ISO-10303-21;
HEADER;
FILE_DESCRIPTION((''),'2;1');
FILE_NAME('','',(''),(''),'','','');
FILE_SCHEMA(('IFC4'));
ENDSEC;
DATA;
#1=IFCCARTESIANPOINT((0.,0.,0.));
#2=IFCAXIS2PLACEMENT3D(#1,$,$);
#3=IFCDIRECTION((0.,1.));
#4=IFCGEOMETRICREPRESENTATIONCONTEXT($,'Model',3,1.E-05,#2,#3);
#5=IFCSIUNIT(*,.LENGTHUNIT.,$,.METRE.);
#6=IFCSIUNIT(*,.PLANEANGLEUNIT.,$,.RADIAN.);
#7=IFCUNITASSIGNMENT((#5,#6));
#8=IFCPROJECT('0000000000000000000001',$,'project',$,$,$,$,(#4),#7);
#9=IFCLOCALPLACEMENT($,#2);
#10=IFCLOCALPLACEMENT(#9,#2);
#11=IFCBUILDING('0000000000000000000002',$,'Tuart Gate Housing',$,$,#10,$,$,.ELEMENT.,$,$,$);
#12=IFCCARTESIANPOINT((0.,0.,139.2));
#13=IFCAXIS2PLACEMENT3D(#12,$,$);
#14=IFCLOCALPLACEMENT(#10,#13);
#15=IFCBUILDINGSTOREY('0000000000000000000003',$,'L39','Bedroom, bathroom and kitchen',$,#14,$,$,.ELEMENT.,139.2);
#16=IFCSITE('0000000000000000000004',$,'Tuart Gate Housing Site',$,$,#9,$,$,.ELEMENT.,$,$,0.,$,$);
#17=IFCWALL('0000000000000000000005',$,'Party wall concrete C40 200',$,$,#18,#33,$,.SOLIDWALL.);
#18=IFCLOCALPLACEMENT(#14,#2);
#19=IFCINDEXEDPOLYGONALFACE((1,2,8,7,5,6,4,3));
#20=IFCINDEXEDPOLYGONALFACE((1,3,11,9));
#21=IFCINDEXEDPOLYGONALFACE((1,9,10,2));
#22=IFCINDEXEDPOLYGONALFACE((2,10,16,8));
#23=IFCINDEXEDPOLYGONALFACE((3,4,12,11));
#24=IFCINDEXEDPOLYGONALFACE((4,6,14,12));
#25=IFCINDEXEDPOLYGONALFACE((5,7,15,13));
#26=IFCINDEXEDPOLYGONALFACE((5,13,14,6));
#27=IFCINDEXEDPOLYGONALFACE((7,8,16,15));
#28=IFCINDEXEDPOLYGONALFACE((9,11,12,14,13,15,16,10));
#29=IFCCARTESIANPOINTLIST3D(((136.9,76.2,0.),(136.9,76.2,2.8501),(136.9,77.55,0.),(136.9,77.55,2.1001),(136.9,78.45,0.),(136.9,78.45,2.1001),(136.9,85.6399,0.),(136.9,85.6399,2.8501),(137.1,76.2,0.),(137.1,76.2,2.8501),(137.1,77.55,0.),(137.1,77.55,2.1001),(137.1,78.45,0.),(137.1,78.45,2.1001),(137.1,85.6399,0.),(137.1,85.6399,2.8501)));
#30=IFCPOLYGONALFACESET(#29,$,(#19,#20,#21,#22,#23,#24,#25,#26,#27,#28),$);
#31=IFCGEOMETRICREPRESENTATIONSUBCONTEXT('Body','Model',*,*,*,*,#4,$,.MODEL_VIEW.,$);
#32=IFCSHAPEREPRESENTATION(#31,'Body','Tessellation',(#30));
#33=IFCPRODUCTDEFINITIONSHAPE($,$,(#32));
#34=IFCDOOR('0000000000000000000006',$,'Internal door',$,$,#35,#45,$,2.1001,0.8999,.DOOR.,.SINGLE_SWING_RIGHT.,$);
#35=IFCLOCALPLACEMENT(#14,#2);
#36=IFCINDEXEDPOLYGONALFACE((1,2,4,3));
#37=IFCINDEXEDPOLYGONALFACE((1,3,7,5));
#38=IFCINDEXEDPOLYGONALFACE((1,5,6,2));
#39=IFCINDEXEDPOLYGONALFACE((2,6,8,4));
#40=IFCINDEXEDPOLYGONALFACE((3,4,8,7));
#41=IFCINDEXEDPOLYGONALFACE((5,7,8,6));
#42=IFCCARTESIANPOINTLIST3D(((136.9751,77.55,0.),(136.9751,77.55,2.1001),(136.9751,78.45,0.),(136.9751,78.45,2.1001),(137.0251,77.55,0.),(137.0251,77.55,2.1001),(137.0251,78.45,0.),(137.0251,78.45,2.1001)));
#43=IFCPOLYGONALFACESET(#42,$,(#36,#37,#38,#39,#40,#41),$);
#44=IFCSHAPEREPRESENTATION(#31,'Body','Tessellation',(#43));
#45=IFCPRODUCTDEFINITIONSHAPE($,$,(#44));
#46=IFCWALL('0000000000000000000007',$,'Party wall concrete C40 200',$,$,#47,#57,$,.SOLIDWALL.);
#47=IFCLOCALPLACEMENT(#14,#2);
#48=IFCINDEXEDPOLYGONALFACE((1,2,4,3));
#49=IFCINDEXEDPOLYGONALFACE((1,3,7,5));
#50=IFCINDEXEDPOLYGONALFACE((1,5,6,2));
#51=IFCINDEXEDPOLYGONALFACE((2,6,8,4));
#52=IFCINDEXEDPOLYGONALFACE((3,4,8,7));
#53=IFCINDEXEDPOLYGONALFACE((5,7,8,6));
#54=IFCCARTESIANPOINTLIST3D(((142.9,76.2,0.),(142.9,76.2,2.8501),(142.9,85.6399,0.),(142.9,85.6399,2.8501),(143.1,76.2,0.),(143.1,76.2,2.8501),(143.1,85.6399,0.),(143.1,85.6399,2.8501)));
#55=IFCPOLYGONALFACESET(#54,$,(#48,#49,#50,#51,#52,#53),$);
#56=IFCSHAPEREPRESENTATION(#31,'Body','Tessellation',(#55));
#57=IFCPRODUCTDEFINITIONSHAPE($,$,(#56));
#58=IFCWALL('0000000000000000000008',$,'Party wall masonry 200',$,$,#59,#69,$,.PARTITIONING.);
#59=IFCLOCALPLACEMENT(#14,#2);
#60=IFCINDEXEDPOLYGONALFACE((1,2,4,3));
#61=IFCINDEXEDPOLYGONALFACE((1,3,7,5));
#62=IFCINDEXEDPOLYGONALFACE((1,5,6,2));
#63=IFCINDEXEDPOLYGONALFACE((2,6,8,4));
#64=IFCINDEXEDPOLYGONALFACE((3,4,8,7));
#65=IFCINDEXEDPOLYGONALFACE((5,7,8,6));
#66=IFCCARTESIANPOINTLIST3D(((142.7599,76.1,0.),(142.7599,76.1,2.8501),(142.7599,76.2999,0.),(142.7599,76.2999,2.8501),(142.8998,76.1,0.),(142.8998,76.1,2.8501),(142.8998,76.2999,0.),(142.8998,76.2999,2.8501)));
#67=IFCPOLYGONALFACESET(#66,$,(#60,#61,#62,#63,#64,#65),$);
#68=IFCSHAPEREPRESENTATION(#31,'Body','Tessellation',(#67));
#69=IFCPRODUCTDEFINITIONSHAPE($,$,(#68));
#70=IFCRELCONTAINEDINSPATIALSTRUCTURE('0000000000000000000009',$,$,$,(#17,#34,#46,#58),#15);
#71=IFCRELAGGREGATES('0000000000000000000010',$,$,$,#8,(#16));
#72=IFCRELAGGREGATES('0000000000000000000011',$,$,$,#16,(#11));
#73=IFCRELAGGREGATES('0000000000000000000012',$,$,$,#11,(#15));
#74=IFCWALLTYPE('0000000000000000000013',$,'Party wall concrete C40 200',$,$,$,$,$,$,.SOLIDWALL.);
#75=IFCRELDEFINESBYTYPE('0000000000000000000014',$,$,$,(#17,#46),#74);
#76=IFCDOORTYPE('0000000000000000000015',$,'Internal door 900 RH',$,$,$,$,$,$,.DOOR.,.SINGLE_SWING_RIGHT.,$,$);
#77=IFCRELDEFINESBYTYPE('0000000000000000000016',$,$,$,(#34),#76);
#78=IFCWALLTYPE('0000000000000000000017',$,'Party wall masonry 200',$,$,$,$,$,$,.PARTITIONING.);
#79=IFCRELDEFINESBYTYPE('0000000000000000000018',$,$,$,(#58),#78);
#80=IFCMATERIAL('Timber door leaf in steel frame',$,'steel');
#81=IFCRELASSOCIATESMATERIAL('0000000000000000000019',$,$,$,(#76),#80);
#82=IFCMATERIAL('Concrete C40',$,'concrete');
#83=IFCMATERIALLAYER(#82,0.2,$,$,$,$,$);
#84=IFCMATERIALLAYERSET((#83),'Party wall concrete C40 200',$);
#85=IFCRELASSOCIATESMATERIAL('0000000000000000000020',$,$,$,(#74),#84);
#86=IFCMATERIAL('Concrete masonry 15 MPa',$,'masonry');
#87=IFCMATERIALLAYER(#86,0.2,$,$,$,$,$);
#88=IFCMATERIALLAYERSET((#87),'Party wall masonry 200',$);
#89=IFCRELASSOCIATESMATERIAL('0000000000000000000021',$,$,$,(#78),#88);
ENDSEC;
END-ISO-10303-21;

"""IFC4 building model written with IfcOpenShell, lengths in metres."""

from ifc_helpers import new_model, si_unit, direction, frame, frame_2d, origin, place, context, subcontext, project, spatial, rectangle, extrude, material, layer, layer_set, type_object, element, fill, save


model = new_model("IFC4")

# Units and contexts
model_context = context("Model", 3, precision=1e-05, world=origin(), true_north=direction((0.0, 1.0)))
body_context = subcontext(model_context, "Body", "Model", "MODEL_VIEW")
ifc_project = project(units=[si_unit("LENGTHUNIT", "METRE"), si_unit("PLANEANGLEUNIT", "RADIAN")], contexts=[model_context])

# Site, building, storey
site_placement = place(None, origin())
site = spatial("IfcSite", under=ifc_project, at=site_placement, Name="Tuart Gate Housing Site", CompositionType="ELEMENT", RefElevation=0.0)
building_placement = place(site_placement, origin())
building = spatial("IfcBuilding", under=site, at=building_placement, Name="Tuart Gate Housing", CompositionType="ELEMENT")
storey_placement = place(building_placement, frame((0.0, 0.0, 139.2)))
storey = spatial("IfcBuildingStorey", under=building, at=storey_placement, Name="L39", Description="Bedroom, bathroom and kitchen", CompositionType="ELEMENT", Elevation=139.2)

# Shared definitions
ifc_material_1 = material(Name="Timber door leaf in steel frame", Category="steel")
door_type_1 = type_object("IfcDoorType", Name="Internal door 900 RH", OperationType="SINGLE_SWING_RIGHT", PredefinedType="DOOR", material=ifc_material_1)

# Wall, opening, door
ifc_material_2 = material(Name="Concrete C40", Category="concrete")
ifc_layer_1 = layer(ifc_material_2, 0.2)
ifc_layer_set_1 = layer_set([ifc_layer_1], Name="Party wall concrete C40 200")
wall_type_1 = type_object("IfcWallType", Name="Party wall concrete C40 200", PredefinedType="SOLIDWALL", material=ifc_layer_set_1)
wall_1_placement = place(storey_placement, frame((137.0, 76.2, 0.0), z_axis=(0.0, 0.0, 1.0), x_axis=(0.0, 1.0, 0.0)))
wall_1 = element("IfcWall", 1, at=wall_1_placement, inside=storey, type_object=wall_type_1, Name="Party wall concrete C40 200", PredefinedType="SOLIDWALL", context=body_context, shape_type="SweptSolid", body=[
    extrude(rectangle(XDim=9.4399, YDim=0.2, at=frame_2d((4.72, 0.0))), origin(), (0.0, 0.0, 1.0), 2.8501),
])
opening_1_placement = place(wall_1_placement, frame((1.3501, 0.0, 0.0)))
opening_1 = element("IfcOpeningElement", 2, at=opening_1_placement, cuts=wall_1, PredefinedType="OPENING", context=body_context, shape_type="SweptSolid", body=[
    extrude(rectangle(XDim=0.8999, YDim=2.1001, at=frame_2d((0.45, 1.05))), frame((0.0, 0.1099, 0.0), z_axis=(0.0, -1.0, 0.0), x_axis=(1.0, 0.0, 0.0)), (0.0, 0.0, 1.0), 0.22),
])
door_1_placement = place(opening_1_placement, frame((0.8999, 0.0, 0.0), z_axis=(0.0, 0.0, 1.0), x_axis=(-1.0, 0.0, 0.0)))
door_1 = element("IfcDoor", 3, at=door_1_placement, inside=storey, type_object=door_type_1, Name="Internal door", OperationType="SINGLE_SWING_RIGHT", OverallHeight=2.1001, OverallWidth=0.8999, PredefinedType="DOOR", context=body_context, shape_type="SweptSolid", body=[
    extrude(rectangle(XDim=0.8999, YDim=2.1001, at=frame_2d((0.45, 1.05))), frame((0.0, 0.0251, 0.0), z_axis=(0.0, -1.0, 0.0), x_axis=(1.0, 0.0, 0.0)), (0.0, 0.0, 1.0), 0.05),
])
fill(opening_1, door_1)

# Walls
wall_2_placement = place(storey_placement, frame((143.0, 76.2, 0.0), z_axis=(0.0, 0.0, 1.0), x_axis=(0.0, 1.0, 0.0)))
element("IfcWall", 4, at=wall_2_placement, inside=storey, type_object=wall_type_1, Name="Party wall concrete C40 200", PredefinedType="SOLIDWALL", context=body_context, shape_type="SweptSolid", body=[
    extrude(rectangle(XDim=9.4399, YDim=0.2, at=frame_2d((4.72, 0.0))), origin(), (0.0, 0.0, 1.0), 2.8501),
])
ifc_material_3 = material(Name="Concrete masonry 15 MPa", Category="masonry")
ifc_layer_2 = layer(ifc_material_3, 0.2)
ifc_layer_set_2 = layer_set([ifc_layer_2], Name="Party wall masonry 200")
wall_type_2 = type_object("IfcWallType", Name="Party wall masonry 200", PredefinedType="PARTITIONING", material=ifc_layer_set_2)
wall_3_placement = place(storey_placement, frame((142.76, 76.2, 0.0), z_axis=(0.0, 0.0, 1.0), x_axis=(1.0, 0.0, 0.0)))
element("IfcWall", 5, at=wall_3_placement, inside=storey, type_object=wall_type_2, Name="Party wall masonry 200", PredefinedType="PARTITIONING", context=body_context, shape_type="SweptSolid", body=[
    extrude(rectangle(XDim=0.1399, YDim=0.2, at=frame_2d((0.0698, 0.0))), origin(), (0.0, 0.0, 1.0), 2.8501),
])

save(model, "model.ifc")
